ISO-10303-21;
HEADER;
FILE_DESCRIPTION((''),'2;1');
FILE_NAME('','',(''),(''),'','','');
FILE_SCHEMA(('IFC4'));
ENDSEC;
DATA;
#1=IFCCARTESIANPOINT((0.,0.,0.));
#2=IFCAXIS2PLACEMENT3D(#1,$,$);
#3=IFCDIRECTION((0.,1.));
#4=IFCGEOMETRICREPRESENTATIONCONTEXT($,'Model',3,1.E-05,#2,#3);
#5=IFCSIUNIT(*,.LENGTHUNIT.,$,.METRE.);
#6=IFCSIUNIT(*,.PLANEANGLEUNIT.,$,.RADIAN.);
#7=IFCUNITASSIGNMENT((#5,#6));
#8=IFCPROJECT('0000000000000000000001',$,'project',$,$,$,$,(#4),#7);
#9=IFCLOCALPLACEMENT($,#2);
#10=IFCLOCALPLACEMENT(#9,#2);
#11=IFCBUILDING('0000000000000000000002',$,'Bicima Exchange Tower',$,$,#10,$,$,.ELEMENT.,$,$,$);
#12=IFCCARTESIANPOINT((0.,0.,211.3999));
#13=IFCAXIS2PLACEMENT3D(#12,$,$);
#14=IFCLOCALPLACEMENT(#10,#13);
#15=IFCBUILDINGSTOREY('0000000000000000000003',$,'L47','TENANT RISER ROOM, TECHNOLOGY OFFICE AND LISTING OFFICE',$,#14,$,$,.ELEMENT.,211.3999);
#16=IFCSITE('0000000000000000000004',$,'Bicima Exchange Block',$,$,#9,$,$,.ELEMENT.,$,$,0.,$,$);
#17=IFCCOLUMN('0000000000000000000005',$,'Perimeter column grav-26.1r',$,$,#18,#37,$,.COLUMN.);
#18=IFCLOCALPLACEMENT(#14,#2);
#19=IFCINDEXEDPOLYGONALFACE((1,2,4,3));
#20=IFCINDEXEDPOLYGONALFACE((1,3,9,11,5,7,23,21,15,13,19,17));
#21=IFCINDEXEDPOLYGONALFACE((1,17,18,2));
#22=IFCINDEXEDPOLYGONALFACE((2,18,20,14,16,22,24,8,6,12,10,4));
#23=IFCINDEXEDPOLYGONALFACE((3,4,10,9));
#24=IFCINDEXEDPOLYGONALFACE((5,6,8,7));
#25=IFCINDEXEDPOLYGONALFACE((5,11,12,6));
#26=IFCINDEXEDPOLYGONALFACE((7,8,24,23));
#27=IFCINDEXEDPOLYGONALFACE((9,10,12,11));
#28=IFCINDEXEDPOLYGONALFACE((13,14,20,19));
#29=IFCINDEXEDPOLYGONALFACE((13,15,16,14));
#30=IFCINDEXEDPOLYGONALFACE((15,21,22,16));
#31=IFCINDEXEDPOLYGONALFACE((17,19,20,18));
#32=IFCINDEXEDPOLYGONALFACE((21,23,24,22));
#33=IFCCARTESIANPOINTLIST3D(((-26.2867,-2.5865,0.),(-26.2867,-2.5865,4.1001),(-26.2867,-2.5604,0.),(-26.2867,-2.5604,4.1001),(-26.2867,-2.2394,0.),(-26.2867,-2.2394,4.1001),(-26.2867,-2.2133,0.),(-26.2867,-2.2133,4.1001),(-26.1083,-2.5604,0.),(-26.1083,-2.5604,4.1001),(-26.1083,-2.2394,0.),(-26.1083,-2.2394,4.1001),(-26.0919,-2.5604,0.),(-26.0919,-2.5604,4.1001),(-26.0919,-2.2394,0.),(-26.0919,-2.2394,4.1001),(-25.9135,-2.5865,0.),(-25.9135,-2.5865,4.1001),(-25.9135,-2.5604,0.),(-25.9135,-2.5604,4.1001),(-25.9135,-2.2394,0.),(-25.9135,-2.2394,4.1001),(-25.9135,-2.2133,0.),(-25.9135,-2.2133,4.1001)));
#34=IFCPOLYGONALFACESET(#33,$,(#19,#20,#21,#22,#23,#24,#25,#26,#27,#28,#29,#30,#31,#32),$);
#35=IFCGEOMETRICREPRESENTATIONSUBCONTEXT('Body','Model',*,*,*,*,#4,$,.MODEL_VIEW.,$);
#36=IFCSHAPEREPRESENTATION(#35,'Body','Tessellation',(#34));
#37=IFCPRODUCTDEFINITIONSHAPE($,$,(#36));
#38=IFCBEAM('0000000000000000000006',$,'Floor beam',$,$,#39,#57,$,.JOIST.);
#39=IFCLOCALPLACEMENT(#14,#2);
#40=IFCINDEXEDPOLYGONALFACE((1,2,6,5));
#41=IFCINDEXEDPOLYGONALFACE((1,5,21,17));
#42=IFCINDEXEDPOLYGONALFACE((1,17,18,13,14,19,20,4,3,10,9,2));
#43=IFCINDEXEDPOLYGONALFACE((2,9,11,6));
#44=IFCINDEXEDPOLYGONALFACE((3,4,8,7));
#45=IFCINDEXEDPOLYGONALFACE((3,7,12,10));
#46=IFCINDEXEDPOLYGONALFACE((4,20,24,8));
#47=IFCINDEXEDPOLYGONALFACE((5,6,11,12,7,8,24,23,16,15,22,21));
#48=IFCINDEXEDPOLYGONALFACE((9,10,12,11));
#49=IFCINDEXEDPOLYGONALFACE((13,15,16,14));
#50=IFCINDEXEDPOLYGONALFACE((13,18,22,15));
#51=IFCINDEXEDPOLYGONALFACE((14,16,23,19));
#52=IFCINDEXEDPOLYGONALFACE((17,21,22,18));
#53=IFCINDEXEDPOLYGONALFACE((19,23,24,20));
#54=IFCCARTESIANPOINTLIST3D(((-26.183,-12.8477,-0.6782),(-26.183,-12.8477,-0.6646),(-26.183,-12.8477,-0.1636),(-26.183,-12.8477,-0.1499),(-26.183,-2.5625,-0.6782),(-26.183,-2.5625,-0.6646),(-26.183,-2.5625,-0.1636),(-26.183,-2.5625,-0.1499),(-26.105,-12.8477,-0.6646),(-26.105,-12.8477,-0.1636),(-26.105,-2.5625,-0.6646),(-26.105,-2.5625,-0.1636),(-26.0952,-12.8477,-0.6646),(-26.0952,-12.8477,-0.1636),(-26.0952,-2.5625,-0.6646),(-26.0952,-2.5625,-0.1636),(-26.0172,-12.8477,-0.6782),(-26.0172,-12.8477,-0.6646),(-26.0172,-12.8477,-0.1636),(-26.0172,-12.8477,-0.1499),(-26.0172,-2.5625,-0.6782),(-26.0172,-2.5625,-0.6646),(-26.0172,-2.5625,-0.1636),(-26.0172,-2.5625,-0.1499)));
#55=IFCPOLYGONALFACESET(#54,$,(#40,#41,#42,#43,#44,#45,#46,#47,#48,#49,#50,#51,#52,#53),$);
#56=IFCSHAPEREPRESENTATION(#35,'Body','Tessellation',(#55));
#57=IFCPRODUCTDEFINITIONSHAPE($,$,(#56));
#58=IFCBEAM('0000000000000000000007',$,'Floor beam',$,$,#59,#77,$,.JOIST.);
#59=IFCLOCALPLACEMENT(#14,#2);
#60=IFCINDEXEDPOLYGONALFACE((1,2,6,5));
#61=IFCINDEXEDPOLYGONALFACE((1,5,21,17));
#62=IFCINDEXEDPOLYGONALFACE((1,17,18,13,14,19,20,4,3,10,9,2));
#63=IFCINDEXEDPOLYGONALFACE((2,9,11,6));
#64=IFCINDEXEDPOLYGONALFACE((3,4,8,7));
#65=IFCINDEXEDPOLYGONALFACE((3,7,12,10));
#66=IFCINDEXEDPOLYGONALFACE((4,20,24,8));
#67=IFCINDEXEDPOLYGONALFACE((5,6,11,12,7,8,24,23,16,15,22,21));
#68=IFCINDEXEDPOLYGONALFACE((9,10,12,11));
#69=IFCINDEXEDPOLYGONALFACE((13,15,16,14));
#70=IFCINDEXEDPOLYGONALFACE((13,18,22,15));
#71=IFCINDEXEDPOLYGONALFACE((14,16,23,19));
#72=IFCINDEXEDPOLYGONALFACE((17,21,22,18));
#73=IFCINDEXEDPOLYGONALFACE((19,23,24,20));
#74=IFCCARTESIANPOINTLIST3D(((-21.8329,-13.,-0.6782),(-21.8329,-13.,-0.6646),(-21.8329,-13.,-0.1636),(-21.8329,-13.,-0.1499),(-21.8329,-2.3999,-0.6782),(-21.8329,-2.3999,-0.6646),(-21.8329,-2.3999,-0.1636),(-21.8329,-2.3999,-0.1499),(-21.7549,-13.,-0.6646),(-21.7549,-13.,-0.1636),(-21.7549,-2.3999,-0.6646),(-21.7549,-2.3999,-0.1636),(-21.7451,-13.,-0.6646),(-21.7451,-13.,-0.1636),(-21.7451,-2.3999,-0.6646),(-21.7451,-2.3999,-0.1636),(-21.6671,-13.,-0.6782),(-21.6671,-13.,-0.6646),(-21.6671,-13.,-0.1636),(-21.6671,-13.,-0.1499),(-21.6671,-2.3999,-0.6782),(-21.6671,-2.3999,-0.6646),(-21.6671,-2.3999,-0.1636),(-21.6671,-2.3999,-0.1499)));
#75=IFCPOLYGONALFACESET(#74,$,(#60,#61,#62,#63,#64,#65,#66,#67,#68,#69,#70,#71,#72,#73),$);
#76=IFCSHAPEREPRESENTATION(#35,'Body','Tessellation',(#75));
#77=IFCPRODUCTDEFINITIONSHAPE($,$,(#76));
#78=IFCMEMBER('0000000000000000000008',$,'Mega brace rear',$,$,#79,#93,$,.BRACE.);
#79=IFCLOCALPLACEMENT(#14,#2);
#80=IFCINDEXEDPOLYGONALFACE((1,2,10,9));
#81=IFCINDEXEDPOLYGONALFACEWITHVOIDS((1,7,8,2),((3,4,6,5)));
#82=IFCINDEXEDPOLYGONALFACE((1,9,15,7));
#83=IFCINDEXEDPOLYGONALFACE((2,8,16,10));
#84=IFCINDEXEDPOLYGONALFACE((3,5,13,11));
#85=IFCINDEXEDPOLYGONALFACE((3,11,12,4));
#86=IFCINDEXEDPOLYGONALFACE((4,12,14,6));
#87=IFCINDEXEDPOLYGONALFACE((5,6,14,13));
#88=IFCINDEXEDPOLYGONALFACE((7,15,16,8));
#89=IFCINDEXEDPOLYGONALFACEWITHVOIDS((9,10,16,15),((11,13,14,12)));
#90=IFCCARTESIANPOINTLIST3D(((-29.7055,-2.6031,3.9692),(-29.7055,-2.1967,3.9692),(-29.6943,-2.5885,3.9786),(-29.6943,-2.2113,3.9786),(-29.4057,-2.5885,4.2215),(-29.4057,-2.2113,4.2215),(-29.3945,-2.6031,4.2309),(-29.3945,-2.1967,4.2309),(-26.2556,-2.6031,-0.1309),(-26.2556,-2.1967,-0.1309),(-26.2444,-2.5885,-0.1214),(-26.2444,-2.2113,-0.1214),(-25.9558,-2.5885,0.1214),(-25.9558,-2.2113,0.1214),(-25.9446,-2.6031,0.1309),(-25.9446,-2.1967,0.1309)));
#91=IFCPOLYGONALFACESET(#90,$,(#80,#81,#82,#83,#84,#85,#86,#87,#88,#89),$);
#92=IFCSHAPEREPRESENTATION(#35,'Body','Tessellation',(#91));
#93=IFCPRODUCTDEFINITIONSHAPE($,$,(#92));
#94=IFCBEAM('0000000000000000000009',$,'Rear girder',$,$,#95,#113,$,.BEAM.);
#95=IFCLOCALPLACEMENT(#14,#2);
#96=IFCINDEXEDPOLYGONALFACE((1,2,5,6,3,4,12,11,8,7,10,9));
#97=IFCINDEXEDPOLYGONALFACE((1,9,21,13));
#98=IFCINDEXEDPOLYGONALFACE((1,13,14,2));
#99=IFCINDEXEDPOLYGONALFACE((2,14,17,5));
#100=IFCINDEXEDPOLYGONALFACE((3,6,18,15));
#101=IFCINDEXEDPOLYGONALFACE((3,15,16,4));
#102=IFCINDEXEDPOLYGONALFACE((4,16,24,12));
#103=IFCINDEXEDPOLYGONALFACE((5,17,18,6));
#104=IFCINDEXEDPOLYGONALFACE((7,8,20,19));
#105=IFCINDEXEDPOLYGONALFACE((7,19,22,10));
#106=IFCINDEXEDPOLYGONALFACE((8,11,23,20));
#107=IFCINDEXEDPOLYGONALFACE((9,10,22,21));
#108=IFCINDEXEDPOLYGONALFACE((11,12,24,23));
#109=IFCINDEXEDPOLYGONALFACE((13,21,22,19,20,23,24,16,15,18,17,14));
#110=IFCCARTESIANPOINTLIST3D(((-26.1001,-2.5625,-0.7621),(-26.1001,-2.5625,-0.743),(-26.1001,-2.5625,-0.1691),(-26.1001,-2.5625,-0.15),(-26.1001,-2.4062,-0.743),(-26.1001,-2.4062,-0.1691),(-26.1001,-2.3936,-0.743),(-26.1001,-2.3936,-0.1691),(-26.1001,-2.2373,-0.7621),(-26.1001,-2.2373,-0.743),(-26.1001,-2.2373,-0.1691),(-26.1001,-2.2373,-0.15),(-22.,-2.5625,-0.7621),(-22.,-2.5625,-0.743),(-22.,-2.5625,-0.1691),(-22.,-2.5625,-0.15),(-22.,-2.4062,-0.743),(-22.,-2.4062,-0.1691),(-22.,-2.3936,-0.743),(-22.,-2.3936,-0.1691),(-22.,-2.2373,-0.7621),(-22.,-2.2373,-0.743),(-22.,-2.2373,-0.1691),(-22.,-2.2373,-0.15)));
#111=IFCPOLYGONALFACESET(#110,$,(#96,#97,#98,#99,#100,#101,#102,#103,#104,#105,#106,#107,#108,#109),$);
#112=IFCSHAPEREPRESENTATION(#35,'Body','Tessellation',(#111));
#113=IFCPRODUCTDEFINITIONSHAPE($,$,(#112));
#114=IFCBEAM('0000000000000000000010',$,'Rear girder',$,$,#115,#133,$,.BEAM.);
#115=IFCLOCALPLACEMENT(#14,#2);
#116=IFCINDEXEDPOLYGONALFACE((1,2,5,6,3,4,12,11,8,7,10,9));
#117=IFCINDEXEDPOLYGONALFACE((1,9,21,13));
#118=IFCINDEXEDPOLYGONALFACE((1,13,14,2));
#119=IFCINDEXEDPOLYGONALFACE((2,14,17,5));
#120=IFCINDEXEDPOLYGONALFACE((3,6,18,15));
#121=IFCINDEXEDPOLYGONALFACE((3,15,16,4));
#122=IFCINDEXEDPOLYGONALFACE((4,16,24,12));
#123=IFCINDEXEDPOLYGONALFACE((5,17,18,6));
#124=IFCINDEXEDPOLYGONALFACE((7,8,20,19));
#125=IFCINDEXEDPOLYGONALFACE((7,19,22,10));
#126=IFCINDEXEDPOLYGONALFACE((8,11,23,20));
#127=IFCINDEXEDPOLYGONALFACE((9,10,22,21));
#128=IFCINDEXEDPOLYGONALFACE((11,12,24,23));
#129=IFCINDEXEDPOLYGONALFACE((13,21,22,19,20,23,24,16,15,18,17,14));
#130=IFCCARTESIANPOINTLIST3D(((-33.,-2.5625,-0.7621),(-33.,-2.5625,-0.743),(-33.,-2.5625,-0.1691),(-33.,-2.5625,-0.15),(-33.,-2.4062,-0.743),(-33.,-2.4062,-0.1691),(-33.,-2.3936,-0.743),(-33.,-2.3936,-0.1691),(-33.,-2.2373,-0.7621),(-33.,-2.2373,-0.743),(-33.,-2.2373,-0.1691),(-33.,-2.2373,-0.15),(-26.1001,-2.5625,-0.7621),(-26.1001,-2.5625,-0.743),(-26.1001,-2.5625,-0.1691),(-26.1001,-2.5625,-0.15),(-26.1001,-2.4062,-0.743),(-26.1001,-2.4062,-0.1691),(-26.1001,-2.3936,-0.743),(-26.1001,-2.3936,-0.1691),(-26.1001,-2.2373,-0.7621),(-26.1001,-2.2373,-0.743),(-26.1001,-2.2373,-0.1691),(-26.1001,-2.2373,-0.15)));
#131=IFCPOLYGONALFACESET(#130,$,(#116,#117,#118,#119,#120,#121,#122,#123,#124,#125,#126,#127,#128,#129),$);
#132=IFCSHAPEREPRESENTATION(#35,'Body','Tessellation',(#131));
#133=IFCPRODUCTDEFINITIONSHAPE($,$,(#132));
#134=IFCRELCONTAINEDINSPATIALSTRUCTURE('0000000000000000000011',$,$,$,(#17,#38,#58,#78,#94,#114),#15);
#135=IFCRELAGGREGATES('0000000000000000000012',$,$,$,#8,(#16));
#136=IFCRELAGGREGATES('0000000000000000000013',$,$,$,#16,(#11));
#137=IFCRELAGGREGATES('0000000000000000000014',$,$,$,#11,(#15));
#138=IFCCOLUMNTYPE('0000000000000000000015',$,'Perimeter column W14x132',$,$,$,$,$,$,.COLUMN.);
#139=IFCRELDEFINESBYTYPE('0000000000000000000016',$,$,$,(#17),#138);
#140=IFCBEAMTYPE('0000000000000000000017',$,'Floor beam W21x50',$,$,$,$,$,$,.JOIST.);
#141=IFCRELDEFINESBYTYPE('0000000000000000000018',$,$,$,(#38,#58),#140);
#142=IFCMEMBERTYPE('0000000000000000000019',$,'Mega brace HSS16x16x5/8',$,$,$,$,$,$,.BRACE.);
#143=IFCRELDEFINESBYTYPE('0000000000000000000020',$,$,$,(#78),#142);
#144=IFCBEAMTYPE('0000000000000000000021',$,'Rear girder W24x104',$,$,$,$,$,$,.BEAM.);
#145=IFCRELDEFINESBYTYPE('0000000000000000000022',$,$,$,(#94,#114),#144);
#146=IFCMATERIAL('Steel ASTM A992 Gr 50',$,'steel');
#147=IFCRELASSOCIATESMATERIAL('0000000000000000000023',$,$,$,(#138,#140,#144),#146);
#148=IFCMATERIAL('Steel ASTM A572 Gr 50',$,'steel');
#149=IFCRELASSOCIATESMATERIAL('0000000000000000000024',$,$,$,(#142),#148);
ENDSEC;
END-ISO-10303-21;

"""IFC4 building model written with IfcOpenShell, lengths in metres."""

from ifc_helpers import new_model, si_unit, direction, frame, origin, origin_2d, place, context, subcontext, project, spatial, hollow_rectangle, i_section, extrude, material, material_profile, profile_set, type_object, element, save


model = new_model("IFC4")

# Units and contexts
model_context = context("Model", 3, precision=1e-05, world=origin(), true_north=direction((0.0, 1.0)))
body_context = subcontext(model_context, "Body", "Model", "MODEL_VIEW")
ifc_project = project(units=[si_unit("LENGTHUNIT", "METRE"), si_unit("PLANEANGLEUNIT", "RADIAN")], contexts=[model_context])

# Site, building, storey
site_placement = place(None, origin())
site = spatial("IfcSite", under=ifc_project, at=site_placement, Name="Bicima Exchange Block", CompositionType="ELEMENT", RefElevation=0.0)
building_placement = place(site_placement, origin())
building = spatial("IfcBuilding", under=site, at=building_placement, Name="Bicima Exchange Tower", CompositionType="ELEMENT")
storey_placement = place(building_placement, frame((0.0, 0.0, 211.3999)))
storey = spatial("IfcBuildingStorey", under=building, at=storey_placement, Name="L47", Description="TENANT RISER ROOM, TECHNOLOGY OFFICE AND LISTING OFFICE", CompositionType="ELEMENT", Elevation=211.3999)

# Column
ifc_material_1 = material(Name="Steel ASTM A992 Gr 50", Category="steel")
ifc_material_profile_1 = material_profile(ifc_material_1, i_section(OverallWidth=0.3733, OverallDepth=0.3733, WebThickness=0.0164, FlangeThickness=0.0261, at=origin_2d()))
ifc_profile_set_1 = profile_set([ifc_material_profile_1], Name="Steel ASTM A992 Gr 50")
column_type = type_object("IfcColumnType", Name="Perimeter column W14x132", PredefinedType="COLUMN", material=ifc_profile_set_1)
column_placement = place(storey_placement, frame((-26.1001, -2.3999, 0.0), z_axis=(0.0, 0.0, 1.0), x_axis=(1.0, 0.0, 0.0)))
element("IfcColumn", 1, at=column_placement, inside=storey, type_object=column_type, Name="Perimeter column grav-26.1r", PredefinedType="COLUMN", context=body_context, shape_type="SweptSolid", body=[
    extrude(i_section(OverallWidth=0.3733, OverallDepth=0.3733, WebThickness=0.0164, FlangeThickness=0.0261, at=origin_2d()), origin(), (0.0, 0.0, 1.0), 4.1001),
])

# Beams
ifc_material_profile_2 = material_profile(ifc_material_1, i_section(OverallWidth=0.1658, OverallDepth=0.5283, WebThickness=0.0098, FlangeThickness=0.0137, at=origin_2d()))
ifc_profile_set_2 = profile_set([ifc_material_profile_2], Name="Steel ASTM A992 Gr 50")
beam_type_1 = type_object("IfcBeamType", Name="Floor beam W21x50", PredefinedType="JOIST", material=ifc_profile_set_2)
beam_1_placement = place(storey_placement, frame((-26.1001, -2.5625, -0.4141), z_axis=(0.0, -1.0, 0.0), x_axis=(1.0, 0.0, 0.0)))
element("IfcBeam", 2, at=beam_1_placement, inside=storey, type_object=beam_type_1, Name="Floor beam", PredefinedType="JOIST", context=body_context, shape_type="SweptSolid", body=[
    extrude(i_section(OverallWidth=0.1658, OverallDepth=0.5283, WebThickness=0.0098, FlangeThickness=0.0137, at=origin_2d()), origin(), (0.0, 0.0, 1.0), 10.2852),
])
beam_2_placement = place(storey_placement, frame((-21.75, -2.3999, -0.4141), z_axis=(0.0, -1.0, 0.0), x_axis=(1.0, 0.0, 0.0)))
element("IfcBeam", 3, at=beam_2_placement, inside=storey, type_object=beam_type_1, Name="Floor beam", PredefinedType="JOIST", context=body_context, shape_type="SweptSolid", body=[
    extrude(i_section(OverallWidth=0.1658, OverallDepth=0.5283, WebThickness=0.0098, FlangeThickness=0.0137, at=origin_2d()), origin(), (0.0, 0.0, 1.0), 10.6001),
])

# Member
ifc_material_2 = material(Name="Steel ASTM A572 Gr 50", Category="steel")
ifc_material_profile_3 = material_profile(ifc_material_2, hollow_rectangle(XDim=0.4065, YDim=0.4065, WallThickness=0.0146, at=origin_2d()))
ifc_profile_set_3 = profile_set([ifc_material_profile_3], Name="Steel ASTM A572 Gr 50")
member_type = type_object("IfcMemberType", Name="Mega brace HSS16x16x5/8", PredefinedType="BRACE", material=ifc_profile_set_3)
member_placement = place(storey_placement, frame((-26.1001, -2.3999, 0.0), z_axis=(-0.643834, 0.0, 0.765165), x_axis=(0.0, -1.0, 0.0)))
element("IfcMember", 4, at=member_placement, inside=storey, type_object=member_type, Name="Mega brace rear", PredefinedType="BRACE", context=body_context, shape_type="SweptSolid", body=[
    extrude(hollow_rectangle(XDim=0.4065, YDim=0.4065, WallThickness=0.0146, at=origin_2d()), origin(), (0.0, 0.0, 1.0), 5.3584),
])

# Beams
ifc_material_profile_4 = material_profile(ifc_material_1, i_section(OverallWidth=0.3252, OverallDepth=0.6121, WebThickness=0.0127, FlangeThickness=0.019, at=origin_2d()))
ifc_profile_set_4 = profile_set([ifc_material_profile_4], Name="Steel ASTM A992 Gr 50")
beam_type_2 = type_object("IfcBeamType", Name="Rear girder W24x104", PredefinedType="BEAM", material=ifc_profile_set_4)
beam_3_placement = place(storey_placement, frame((-22.0, -2.3999, -0.4561), z_axis=(-1.0, 0.0, 0.0), x_axis=(0.0, -1.0, 0.0)))
element("IfcBeam", 5, at=beam_3_placement, inside=storey, type_object=beam_type_2, Name="Rear girder", PredefinedType="BEAM", context=body_context, shape_type="SweptSolid", body=[
    extrude(i_section(OverallWidth=0.3252, OverallDepth=0.6121, WebThickness=0.0127, FlangeThickness=0.019, at=origin_2d()), origin(), (0.0, 0.0, 1.0), 4.1001),
])
beam_4_placement = place(storey_placement, frame((-26.1001, -2.3999, -0.4561), z_axis=(-1.0, 0.0, 0.0), x_axis=(0.0, -1.0, 0.0)))
element("IfcBeam", 6, at=beam_4_placement, inside=storey, type_object=beam_type_2, Name="Rear girder", PredefinedType="BEAM", context=body_context, shape_type="SweptSolid", body=[
    extrude(i_section(OverallWidth=0.3252, OverallDepth=0.6121, WebThickness=0.0127, FlangeThickness=0.019, at=origin_2d()), origin(), (0.0, 0.0, 1.0), 6.8999),
])

save(model, "model.ifc")
